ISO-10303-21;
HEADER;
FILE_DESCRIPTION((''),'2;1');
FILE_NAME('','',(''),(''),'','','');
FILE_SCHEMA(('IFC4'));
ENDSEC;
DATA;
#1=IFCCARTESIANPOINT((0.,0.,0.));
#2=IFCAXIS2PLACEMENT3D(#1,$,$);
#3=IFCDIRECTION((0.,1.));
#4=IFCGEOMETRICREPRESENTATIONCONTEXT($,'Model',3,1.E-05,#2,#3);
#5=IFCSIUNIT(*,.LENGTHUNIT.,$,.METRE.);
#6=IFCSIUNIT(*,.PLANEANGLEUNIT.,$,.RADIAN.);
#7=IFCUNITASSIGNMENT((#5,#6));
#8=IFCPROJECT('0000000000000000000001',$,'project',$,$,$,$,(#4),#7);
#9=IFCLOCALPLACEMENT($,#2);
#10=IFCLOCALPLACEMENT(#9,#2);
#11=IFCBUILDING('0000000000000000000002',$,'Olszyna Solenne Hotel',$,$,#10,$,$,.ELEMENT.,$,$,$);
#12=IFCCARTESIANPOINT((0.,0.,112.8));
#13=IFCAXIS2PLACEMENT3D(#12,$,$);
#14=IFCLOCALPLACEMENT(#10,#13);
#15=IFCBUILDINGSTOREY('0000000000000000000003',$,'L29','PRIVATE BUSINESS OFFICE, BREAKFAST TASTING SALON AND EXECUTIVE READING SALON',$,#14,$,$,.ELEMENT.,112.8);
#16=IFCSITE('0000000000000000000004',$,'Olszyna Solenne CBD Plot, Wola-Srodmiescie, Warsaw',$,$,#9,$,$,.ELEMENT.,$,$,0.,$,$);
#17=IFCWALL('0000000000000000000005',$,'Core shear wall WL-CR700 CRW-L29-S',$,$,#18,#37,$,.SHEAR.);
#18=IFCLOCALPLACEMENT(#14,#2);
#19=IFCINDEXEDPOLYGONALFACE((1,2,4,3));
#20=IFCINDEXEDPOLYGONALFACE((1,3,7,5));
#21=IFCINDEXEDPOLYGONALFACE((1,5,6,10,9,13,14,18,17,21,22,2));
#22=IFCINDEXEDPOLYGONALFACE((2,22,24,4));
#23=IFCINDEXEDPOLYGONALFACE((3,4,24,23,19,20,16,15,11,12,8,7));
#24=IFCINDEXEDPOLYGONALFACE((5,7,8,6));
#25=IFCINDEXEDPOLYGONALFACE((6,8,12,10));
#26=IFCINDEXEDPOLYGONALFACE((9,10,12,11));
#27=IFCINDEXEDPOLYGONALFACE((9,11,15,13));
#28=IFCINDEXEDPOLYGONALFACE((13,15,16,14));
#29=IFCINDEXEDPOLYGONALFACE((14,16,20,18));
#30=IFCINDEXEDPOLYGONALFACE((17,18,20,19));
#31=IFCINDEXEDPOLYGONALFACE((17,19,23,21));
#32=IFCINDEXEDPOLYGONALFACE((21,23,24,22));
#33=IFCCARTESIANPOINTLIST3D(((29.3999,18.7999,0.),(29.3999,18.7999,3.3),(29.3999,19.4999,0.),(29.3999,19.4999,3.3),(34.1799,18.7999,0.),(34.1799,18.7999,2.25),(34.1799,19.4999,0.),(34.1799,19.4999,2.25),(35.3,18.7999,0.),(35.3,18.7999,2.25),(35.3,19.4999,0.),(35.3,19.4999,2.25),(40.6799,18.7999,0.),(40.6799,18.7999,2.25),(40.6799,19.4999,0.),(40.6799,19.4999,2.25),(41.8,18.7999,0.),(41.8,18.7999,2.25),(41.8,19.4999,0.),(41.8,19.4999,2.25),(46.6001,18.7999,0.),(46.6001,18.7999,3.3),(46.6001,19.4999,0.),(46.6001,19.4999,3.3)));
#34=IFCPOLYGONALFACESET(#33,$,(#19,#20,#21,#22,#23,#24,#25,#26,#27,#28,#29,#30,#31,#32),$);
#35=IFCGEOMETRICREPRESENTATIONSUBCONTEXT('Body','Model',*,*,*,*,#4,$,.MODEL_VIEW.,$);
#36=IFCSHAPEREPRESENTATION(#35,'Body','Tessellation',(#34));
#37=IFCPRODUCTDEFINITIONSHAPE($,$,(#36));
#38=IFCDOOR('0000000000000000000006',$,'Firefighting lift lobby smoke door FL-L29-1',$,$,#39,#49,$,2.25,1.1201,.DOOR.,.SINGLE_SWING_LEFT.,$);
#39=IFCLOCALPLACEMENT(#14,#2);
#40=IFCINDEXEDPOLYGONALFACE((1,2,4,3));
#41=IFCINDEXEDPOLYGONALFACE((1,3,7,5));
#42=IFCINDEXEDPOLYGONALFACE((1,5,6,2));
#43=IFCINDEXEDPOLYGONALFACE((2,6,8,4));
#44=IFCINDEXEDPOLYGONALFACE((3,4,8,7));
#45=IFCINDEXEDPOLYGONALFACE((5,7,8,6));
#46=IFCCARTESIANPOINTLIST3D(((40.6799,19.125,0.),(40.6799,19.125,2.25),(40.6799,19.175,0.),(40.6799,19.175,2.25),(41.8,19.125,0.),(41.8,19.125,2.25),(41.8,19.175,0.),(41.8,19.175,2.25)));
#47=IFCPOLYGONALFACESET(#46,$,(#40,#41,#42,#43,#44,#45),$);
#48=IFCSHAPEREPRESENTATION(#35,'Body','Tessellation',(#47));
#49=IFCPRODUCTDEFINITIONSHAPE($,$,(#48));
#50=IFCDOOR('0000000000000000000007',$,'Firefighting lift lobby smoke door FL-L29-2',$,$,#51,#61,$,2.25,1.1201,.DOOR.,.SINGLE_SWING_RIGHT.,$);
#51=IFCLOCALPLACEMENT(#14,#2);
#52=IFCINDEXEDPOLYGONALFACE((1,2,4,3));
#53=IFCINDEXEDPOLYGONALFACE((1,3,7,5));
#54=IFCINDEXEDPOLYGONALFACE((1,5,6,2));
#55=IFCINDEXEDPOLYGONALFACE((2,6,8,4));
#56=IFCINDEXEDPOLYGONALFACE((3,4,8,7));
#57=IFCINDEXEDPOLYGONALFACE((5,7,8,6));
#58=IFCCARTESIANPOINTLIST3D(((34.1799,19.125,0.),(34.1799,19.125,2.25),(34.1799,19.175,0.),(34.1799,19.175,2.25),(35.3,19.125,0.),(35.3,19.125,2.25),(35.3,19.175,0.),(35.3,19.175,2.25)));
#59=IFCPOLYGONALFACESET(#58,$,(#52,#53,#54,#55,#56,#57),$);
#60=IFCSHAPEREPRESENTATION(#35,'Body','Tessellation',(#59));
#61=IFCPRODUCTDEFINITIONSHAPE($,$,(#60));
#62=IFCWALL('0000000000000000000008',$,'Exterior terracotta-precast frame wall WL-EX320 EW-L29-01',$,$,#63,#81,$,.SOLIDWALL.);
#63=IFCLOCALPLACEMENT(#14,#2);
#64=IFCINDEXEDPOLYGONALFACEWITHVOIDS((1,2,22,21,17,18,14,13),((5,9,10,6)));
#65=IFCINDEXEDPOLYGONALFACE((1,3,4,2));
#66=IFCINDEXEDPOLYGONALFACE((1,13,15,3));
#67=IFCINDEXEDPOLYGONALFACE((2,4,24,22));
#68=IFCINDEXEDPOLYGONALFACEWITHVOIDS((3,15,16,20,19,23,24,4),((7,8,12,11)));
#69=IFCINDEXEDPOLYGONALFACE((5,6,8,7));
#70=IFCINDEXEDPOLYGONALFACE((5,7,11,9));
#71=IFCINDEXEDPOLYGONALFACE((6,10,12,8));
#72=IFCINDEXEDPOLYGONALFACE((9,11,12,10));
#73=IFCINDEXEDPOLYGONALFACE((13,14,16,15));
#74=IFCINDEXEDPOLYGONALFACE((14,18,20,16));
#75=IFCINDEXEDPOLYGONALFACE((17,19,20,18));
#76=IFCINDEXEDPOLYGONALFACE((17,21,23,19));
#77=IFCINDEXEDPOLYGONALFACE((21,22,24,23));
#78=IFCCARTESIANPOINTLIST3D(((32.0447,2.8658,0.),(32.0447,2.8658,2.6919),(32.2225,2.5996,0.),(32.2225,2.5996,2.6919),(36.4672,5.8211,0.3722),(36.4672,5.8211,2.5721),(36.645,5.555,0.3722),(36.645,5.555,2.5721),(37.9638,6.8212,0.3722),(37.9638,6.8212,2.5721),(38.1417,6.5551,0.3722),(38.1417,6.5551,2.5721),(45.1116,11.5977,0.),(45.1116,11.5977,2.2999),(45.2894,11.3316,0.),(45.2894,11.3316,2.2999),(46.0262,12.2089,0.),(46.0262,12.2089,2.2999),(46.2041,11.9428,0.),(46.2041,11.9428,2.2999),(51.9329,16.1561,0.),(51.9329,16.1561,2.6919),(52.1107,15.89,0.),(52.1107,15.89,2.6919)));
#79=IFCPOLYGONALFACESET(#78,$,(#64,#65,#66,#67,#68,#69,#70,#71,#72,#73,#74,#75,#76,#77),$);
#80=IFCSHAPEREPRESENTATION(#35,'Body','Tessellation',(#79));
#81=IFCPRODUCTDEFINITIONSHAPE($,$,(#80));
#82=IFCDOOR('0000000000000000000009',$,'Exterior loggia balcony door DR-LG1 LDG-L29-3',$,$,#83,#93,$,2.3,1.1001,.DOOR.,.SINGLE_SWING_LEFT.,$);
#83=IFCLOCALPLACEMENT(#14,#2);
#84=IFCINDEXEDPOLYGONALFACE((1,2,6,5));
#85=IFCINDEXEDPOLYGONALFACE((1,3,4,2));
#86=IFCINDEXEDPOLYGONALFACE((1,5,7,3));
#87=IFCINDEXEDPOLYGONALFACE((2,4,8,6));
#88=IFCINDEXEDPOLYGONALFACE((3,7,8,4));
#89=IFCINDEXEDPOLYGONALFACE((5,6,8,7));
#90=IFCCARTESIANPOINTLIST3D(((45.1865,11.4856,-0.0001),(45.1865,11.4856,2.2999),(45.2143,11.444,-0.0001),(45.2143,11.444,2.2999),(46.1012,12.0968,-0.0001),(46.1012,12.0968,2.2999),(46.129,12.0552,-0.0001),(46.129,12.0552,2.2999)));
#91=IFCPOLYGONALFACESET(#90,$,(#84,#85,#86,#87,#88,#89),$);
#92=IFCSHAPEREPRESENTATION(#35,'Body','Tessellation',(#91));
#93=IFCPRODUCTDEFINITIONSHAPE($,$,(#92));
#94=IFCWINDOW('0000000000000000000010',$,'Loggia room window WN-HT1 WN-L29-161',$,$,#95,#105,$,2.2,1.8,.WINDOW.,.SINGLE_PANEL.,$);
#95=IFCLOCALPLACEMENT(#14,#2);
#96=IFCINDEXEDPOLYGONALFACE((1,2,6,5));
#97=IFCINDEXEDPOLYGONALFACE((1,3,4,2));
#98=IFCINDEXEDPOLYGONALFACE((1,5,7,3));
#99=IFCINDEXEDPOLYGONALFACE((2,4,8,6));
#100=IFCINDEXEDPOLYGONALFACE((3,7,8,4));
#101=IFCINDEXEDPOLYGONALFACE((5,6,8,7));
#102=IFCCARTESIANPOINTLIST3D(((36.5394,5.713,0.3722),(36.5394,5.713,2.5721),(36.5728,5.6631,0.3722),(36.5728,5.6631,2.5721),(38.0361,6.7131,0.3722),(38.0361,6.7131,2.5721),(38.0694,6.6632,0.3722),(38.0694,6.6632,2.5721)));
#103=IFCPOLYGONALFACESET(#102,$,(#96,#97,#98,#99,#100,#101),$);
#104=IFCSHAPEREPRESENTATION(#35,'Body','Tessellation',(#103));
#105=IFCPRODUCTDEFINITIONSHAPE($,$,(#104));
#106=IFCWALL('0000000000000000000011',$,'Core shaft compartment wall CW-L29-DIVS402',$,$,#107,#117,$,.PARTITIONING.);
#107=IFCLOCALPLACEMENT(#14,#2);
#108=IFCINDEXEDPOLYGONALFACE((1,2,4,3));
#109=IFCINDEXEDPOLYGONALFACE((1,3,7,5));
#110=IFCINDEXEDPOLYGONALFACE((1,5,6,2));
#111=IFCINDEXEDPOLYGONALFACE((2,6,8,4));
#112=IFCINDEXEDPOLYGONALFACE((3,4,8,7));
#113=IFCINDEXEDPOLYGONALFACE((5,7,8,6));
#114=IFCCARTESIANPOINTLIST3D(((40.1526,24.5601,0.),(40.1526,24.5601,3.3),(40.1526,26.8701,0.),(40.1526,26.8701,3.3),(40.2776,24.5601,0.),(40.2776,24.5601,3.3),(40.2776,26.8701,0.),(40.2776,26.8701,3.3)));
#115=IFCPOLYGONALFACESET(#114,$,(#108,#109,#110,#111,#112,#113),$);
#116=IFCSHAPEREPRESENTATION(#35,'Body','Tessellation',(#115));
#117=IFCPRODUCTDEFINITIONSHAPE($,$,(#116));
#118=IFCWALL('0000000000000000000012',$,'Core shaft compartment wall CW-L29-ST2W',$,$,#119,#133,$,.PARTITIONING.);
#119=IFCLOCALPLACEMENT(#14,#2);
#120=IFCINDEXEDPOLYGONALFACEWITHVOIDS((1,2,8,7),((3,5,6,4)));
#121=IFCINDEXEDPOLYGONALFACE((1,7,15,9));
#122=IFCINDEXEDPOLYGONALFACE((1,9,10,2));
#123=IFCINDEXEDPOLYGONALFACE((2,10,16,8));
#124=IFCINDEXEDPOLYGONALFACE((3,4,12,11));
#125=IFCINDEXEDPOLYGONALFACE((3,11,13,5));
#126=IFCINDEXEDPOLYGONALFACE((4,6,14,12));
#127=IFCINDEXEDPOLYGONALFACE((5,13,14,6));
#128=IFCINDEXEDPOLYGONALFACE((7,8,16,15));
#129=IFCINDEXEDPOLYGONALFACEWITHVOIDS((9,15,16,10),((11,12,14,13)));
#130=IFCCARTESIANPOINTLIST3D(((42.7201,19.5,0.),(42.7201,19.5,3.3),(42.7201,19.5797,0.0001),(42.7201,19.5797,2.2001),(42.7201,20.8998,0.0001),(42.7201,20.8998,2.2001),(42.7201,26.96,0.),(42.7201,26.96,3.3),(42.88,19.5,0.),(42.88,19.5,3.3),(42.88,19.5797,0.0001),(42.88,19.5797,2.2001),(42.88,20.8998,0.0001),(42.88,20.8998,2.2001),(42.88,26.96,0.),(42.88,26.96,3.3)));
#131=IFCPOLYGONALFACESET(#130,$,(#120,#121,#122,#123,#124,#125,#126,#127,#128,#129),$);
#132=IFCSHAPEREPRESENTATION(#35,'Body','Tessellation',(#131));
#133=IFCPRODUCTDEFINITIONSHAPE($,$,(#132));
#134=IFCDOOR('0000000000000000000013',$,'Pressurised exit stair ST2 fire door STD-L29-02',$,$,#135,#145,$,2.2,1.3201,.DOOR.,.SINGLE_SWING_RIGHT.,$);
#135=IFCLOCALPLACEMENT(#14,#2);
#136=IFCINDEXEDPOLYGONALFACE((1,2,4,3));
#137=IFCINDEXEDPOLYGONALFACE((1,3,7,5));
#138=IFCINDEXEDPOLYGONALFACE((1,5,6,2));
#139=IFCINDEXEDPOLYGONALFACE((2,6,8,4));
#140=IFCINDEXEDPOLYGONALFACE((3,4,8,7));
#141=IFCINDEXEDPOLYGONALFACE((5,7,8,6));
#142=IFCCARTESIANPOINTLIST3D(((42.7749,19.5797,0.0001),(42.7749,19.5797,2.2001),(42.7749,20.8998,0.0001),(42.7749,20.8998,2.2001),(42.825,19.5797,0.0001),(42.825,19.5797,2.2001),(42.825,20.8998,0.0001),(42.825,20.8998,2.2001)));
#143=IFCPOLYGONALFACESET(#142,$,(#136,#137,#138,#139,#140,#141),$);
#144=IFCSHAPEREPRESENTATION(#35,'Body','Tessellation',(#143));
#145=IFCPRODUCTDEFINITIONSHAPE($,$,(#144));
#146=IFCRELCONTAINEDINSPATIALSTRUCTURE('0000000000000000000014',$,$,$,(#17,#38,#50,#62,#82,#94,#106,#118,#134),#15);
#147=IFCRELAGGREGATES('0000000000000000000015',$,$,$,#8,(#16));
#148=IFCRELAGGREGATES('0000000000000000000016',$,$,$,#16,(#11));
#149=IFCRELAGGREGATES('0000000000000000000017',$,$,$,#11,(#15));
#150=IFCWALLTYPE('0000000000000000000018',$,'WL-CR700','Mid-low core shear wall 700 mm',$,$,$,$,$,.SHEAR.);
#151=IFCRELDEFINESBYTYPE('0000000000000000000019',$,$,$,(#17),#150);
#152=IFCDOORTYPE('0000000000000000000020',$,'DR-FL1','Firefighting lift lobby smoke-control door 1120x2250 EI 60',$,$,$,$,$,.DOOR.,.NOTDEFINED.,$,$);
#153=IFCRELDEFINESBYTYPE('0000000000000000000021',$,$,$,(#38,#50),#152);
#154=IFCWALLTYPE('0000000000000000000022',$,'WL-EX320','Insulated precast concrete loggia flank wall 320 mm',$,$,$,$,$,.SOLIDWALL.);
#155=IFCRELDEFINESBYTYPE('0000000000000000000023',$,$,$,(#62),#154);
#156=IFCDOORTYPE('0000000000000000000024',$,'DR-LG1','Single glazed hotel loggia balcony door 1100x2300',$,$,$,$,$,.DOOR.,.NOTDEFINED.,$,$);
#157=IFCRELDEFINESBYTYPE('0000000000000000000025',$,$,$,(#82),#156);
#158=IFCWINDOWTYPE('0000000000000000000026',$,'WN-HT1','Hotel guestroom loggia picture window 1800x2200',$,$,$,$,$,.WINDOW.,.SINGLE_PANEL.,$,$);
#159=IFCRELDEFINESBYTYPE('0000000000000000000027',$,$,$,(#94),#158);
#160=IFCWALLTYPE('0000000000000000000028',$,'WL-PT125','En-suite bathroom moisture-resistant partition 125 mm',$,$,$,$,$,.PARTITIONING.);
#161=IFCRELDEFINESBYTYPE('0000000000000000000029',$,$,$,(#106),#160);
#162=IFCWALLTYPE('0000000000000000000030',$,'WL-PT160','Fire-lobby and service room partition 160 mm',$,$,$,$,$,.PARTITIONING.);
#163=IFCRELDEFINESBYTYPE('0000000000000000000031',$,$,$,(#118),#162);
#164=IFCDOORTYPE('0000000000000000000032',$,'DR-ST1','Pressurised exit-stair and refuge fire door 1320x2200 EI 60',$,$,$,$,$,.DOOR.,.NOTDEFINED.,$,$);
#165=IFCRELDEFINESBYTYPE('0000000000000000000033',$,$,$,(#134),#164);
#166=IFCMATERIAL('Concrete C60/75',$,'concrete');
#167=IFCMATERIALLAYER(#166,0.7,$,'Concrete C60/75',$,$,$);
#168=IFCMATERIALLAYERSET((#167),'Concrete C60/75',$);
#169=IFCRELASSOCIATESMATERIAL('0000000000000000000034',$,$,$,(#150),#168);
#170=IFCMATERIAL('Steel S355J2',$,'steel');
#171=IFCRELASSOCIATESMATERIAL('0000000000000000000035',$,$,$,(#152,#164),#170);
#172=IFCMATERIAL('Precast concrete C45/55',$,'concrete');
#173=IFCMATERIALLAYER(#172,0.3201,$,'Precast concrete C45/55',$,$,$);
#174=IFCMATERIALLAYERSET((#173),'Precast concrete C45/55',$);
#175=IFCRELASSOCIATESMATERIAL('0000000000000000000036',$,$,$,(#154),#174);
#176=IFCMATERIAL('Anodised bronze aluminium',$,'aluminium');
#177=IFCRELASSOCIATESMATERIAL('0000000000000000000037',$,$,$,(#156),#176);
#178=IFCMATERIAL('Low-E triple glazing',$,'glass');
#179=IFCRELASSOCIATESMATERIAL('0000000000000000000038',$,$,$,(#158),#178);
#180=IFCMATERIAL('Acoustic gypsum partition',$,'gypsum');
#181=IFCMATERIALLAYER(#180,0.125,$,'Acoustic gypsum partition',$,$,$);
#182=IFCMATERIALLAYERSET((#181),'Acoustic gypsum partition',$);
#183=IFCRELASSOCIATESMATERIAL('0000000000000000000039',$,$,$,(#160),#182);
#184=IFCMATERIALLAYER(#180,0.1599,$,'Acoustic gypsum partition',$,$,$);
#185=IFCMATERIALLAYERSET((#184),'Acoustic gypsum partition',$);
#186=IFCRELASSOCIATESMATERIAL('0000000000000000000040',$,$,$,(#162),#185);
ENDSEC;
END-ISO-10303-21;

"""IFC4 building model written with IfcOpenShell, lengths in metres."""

from ifc_helpers import new_model, si_unit, direction, frame, frame_2d, origin, place, context, subcontext, project, spatial, rectangle, extrude, source, transform, mapped, material, layer, layer_set, type_object, type_shapes, element, fill, save


model = new_model("IFC4")

# Units and contexts
model_context = context("Model", 3, precision=1e-05, world=origin(), true_north=direction((0.0, 1.0)))
body_context = subcontext(model_context, "Body", "Model", "MODEL_VIEW")
ifc_project = project(units=[si_unit("LENGTHUNIT", "METRE"), si_unit("PLANEANGLEUNIT", "RADIAN")], contexts=[model_context])

# Site, building, storey
site_placement = place(None, origin())
site = spatial("IfcSite", under=ifc_project, at=site_placement, Name="Olszyna Solenne CBD Plot, Wola-Srodmiescie, Warsaw", CompositionType="ELEMENT", RefElevation=0.0)
building_placement = place(site_placement, origin())
building = spatial("IfcBuilding", under=site, at=building_placement, Name="Olszyna Solenne Hotel", CompositionType="ELEMENT")
storey_placement = place(building_placement, frame((0.0, 0.0, 112.8)))
storey = spatial("IfcBuildingStorey", under=building, at=storey_placement, Name="L29", Description="PRIVATE BUSINESS OFFICE, BREAKFAST TASTING SALON AND EXECUTIVE READING SALON", CompositionType="ELEMENT", Elevation=112.8)

# Shared definitions
ifc_material_1 = material(Name="Steel S355J2", Category="steel")

# Wall, openings, doors
ifc_material_2 = material(Name="Concrete C60/75", Category="concrete")
ifc_layer_1 = layer(ifc_material_2, 0.7, Name="Concrete C60/75")
ifc_layer_set_1 = layer_set([ifc_layer_1], Name="Concrete C60/75")
wall_type_1 = type_object("IfcWallType", Name="WL-CR700", Description="Mid-low core shear wall 700 mm", PredefinedType="SHEAR", material=ifc_layer_set_1)
wall_1_placement = place(storey_placement, frame((46.6001, 19.1499, 0.0), z_axis=(0.0, 0.0, 1.0), x_axis=(-1.0, 0.0, 0.0)))
wall_1 = element("IfcWall", 1, at=wall_1_placement, inside=storey, type_object=wall_type_1, Name="Core shear wall WL-CR700 CRW-L29-S", PredefinedType="SHEAR", context=body_context, shape_type="SweptSolid", body=[
    extrude(rectangle(XDim=17.2002, YDim=0.7, at=frame_2d((8.6001, 0.0))), origin(), (0.0, 0.0, 1.0), 3.3),
])
opening_1_placement = place(wall_1_placement, frame((4.8, 0.0, 0.0)))
opening_1 = element("IfcOpeningElement", 2, at=opening_1_placement, cuts=wall_1, PredefinedType="OPENING", context=body_context, shape_type="SweptSolid", body=[
    extrude(rectangle(XDim=1.1201, YDim=2.25, at=frame_2d((0.5601, 1.125))), frame((0.0, 0.3599, 0.0), z_axis=(0.0, -1.0, 0.0), x_axis=(1.0, 0.0, 0.0)), (0.0, 0.0, 1.0), 0.72),
])
opening_2_placement = place(wall_1_placement, frame((11.3, 0.0, 0.0)))
opening_2 = element("IfcOpeningElement", 3, at=opening_2_placement, cuts=wall_1, PredefinedType="OPENING", context=body_context, shape_type="SweptSolid", body=[
    extrude(rectangle(XDim=1.1201, YDim=2.25, at=frame_2d((0.5601, 1.125))), frame((0.0, 0.3599, 0.0), z_axis=(0.0, -1.0, 0.0), x_axis=(1.0, 0.0, 0.0)), (0.0, 0.0, 1.0), 0.72),
])
door_type_1 = type_object("IfcDoorType", Name="DR-FL1", Description="Firefighting lift lobby smoke-control door 1120x2250 EI 60", OperationType="NOTDEFINED", PredefinedType="DOOR", material=ifc_material_1)
shared_shape_1 = source(origin(), body_context, "Body", "SweptSolid", [
    extrude(rectangle(XDim=1.1201, YDim=2.25, at=frame_2d((0.5601, 1.125))), frame((0.0, 0.0249, 0.0), z_axis=(0.0, -1.0, 0.0), x_axis=(1.0, 0.0, 0.0)), (0.0, 0.0, 1.0), 0.05),
])
type_shapes(door_type_1, [shared_shape_1])
door_1_placement = place(opening_1_placement, origin())
door_1 = element("IfcDoor", 4, at=door_1_placement, inside=storey, type_object=door_type_1, Name="Firefighting lift lobby smoke door FL-L29-1", OperationType="SINGLE_SWING_LEFT", OverallHeight=2.25, OverallWidth=1.1201, PredefinedType="DOOR", context=body_context, shape_type="MappedRepresentation", body=[
    mapped(shared_shape_1, transform((0.0, 0.0, 0.0), x_axis=(1.0, 0.0, 0.0), y_axis=(0.0, 1.0, 0.0), z_axis=(0.0, 0.0, 1.0), scale=1.0)),
])
fill(opening_1, door_1)
door_2_placement = place(opening_2_placement, origin())
door_2 = element("IfcDoor", 5, at=door_2_placement, inside=storey, type_object=door_type_1, Name="Firefighting lift lobby smoke door FL-L29-2", OperationType="SINGLE_SWING_RIGHT", OverallHeight=2.25, OverallWidth=1.1201, PredefinedType="DOOR", context=body_context, shape_type="MappedRepresentation", body=[
    mapped(shared_shape_1, transform((0.0, 0.0, 0.0), x_axis=(1.0, 0.0, 0.0), y_axis=(0.0, 1.0, 0.0), z_axis=(0.0, 0.0, 1.0), scale=1.0)),
])
fill(opening_2, door_2)

# Wall, openings, door, window
ifc_material_3 = material(Name="Precast concrete C45/55", Category="concrete")
ifc_layer_2 = layer(ifc_material_3, 0.3201, Name="Precast concrete C45/55")
ifc_layer_set_2 = layer_set([ifc_layer_2], Name="Precast concrete C45/55")
wall_type_2 = type_object("IfcWallType", Name="WL-EX320", Description="Insulated precast concrete loggia flank wall 320 mm", PredefinedType="SOLIDWALL", material=ifc_layer_set_2)
wall_2_placement = place(storey_placement, frame((52.0217, 16.0229, 0.0), z_axis=(0.0, 0.0, 1.0), x_axis=(-0.831442, -0.555611, 0.0)))
wall_2 = element("IfcWall", 6, at=wall_2_placement, inside=storey, type_object=wall_type_2, Name="Exterior terracotta-precast frame wall WL-EX320 EW-L29-01", PredefinedType="SOLIDWALL", context=body_context, shape_type="SweptSolid", body=[
    extrude(rectangle(XDim=23.9202, YDim=0.3201, at=frame_2d((11.96, 0.0))), origin(), (0.0, 0.0, 1.0), 2.6919),
])
opening_3_placement = place(wall_2_placement, frame((7.104, 0.0, 0.0)))
opening_3 = element("IfcOpeningElement", 7, at=opening_3_placement, cuts=wall_2, PredefinedType="OPENING", context=body_context, shape_type="SweptSolid", body=[
    extrude(rectangle(XDim=1.1001, YDim=2.3, at=frame_2d((0.55, 1.1499))), frame((0.0, 0.1699, 0.0), z_axis=(0.0, -1.0, 0.0), x_axis=(1.0, 0.0, 0.0)), (0.0, 0.0, 1.0), 0.3401),
])
opening_4_placement = place(wall_2_placement, frame((16.801, 0.0, 0.3721)))
opening_4 = element("IfcOpeningElement", 8, at=opening_4_placement, cuts=wall_2, PredefinedType="OPENING", context=body_context, shape_type="SweptSolid", body=[
    extrude(rectangle(XDim=1.8, YDim=2.2, at=frame_2d((0.8999, 1.1001))), frame((0.0, 0.1699, 0.0), z_axis=(0.0, -1.0, 0.0), x_axis=(1.0, 0.0, 0.0)), (0.0, 0.0, 1.0), 0.3401),
])
ifc_material_4 = material(Name="Anodised bronze aluminium", Category="aluminium")
door_type_2 = type_object("IfcDoorType", Name="DR-LG1", Description="Single glazed hotel loggia balcony door 1100x2300", OperationType="NOTDEFINED", PredefinedType="DOOR", material=ifc_material_4)
shared_shape_2 = source(origin(), body_context, "Body", "SweptSolid", [
    extrude(rectangle(XDim=1.1001, YDim=2.3, at=frame_2d((0.55, 1.1499))), frame((0.0, 0.0249, 0.0), z_axis=(0.0, -1.0, 0.0), x_axis=(1.0, 0.0, 0.0)), (0.0, 0.0, 1.0), 0.05),
])
type_shapes(door_type_2, [shared_shape_2])
door_3_placement = place(opening_3_placement, origin())
door_3 = element("IfcDoor", 9, at=door_3_placement, inside=storey, type_object=door_type_2, Name="Exterior loggia balcony door DR-LG1 LDG-L29-3", OperationType="SINGLE_SWING_LEFT", OverallHeight=2.3, OverallWidth=1.1001, PredefinedType="DOOR", context=body_context, shape_type="MappedRepresentation", body=[
    mapped(shared_shape_2, transform((0.0, 0.0, 0.0), x_axis=(1.0, 0.0, 0.0), y_axis=(0.0, 1.0, 0.0), z_axis=(0.0, 0.0, 1.0), scale=1.0)),
])
fill(opening_3, door_3)
ifc_material_5 = material(Name="Low-E triple glazing", Category="glass")
window_type = type_object("IfcWindowType", Name="WN-HT1", Description="Hotel guestroom loggia picture window 1800x2200", PartitioningType="SINGLE_PANEL", PredefinedType="WINDOW", material=ifc_material_5)
shared_shape_3 = source(origin(), body_context, "Body", "SweptSolid", [
    extrude(rectangle(XDim=1.8, YDim=2.2, at=frame_2d((0.8999, 1.1001))), frame((0.0, 0.03, 0.0), z_axis=(0.0, -1.0, 0.0), x_axis=(1.0, 0.0, 0.0)), (0.0, 0.0, 1.0), 0.0601),
])
type_shapes(window_type, [shared_shape_3])
window_placement = place(opening_4_placement, origin())
window = element("IfcWindow", 10, at=window_placement, inside=storey, type_object=window_type, Name="Loggia room window WN-HT1 WN-L29-161", OverallHeight=2.2, OverallWidth=1.8, PartitioningType="SINGLE_PANEL", PredefinedType="WINDOW", context=body_context, shape_type="MappedRepresentation", body=[
    mapped(shared_shape_3, transform((0.0, 0.0, 0.0), x_axis=(1.0, 0.0, 0.0), y_axis=(0.0, 1.0, 0.0), z_axis=(0.0, 0.0, 1.0), scale=1.0)),
])
fill(opening_4, window)

# Wall
ifc_material_6 = material(Name="Acoustic gypsum partition", Category="gypsum")
ifc_layer_3 = layer(ifc_material_6, 0.125, Name="Acoustic gypsum partition")
ifc_layer_set_3 = layer_set([ifc_layer_3], Name="Acoustic gypsum partition")
wall_type_3 = type_object("IfcWallType", Name="WL-PT125", Description="En-suite bathroom moisture-resistant partition 125 mm", PredefinedType="PARTITIONING", material=ifc_layer_set_3)
wall_3_placement = place(storey_placement, frame((40.2151, 24.5601, 0.0), z_axis=(0.0, 0.0, 1.0), x_axis=(0.0, 1.0, 0.0)))
element("IfcWall", 11, at=wall_3_placement, inside=storey, type_object=wall_type_3, Name="Core shaft compartment wall CW-L29-DIVS402", PredefinedType="PARTITIONING", context=body_context, shape_type="SweptSolid", body=[
    extrude(rectangle(XDim=2.3101, YDim=0.125, at=frame_2d((1.155, 0.0))), origin(), (0.0, 0.0, 1.0), 3.3),
])

# Wall, opening, door
ifc_layer_4 = layer(ifc_material_6, 0.1599, Name="Acoustic gypsum partition")
ifc_layer_set_4 = layer_set([ifc_layer_4], Name="Acoustic gypsum partition")
wall_type_4 = type_object("IfcWallType", Name="WL-PT160", Description="Fire-lobby and service room partition 160 mm", PredefinedType="PARTITIONING", material=ifc_layer_set_4)
wall_4_placement = place(storey_placement, frame((42.8, 26.96, 0.0), z_axis=(0.0, 0.0, 1.0), x_axis=(0.0, -1.0, 0.0)))
wall_4 = element("IfcWall", 12, at=wall_4_placement, inside=storey, type_object=wall_type_4, Name="Core shaft compartment wall CW-L29-ST2W", PredefinedType="PARTITIONING", context=body_context, shape_type="SweptSolid", body=[
    extrude(rectangle(XDim=7.46, YDim=0.1599, at=frame_2d((3.73, 0.0))), origin(), (0.0, 0.0, 1.0), 3.3),
])
opening_5_placement = place(wall_4_placement, frame((6.0601, 0.0, 0.0)))
opening_5 = element("IfcOpeningElement", 13, at=opening_5_placement, cuts=wall_4, PredefinedType="OPENING", context=body_context, shape_type="SweptSolid", body=[
    extrude(rectangle(XDim=1.3201, YDim=2.2, at=frame_2d((0.6602, 1.1001))), frame((0.0, 0.0898, 0.0), z_axis=(0.0, -1.0, 0.0), x_axis=(1.0, 0.0, 0.0)), (0.0, 0.0, 1.0), 0.1799),
])
door_type_3 = type_object("IfcDoorType", Name="DR-ST1", Description="Pressurised exit-stair and refuge fire door 1320x2200 EI 60", OperationType="NOTDEFINED", PredefinedType="DOOR", material=ifc_material_1)
shared_shape_4 = source(origin(), body_context, "Body", "SweptSolid", [
    extrude(rectangle(XDim=1.3201, YDim=2.2, at=frame_2d((0.6602, 1.1001))), frame((0.0, 0.0249, 0.0), z_axis=(0.0, -1.0, 0.0), x_axis=(1.0, 0.0, 0.0)), (0.0, 0.0, 1.0), 0.05),
])
type_shapes(door_type_3, [shared_shape_4])
door_4_placement = place(opening_5_placement, origin())
door_4 = element("IfcDoor", 14, at=door_4_placement, inside=storey, type_object=door_type_3, Name="Pressurised exit stair ST2 fire door STD-L29-02", OperationType="SINGLE_SWING_RIGHT", OverallHeight=2.2, OverallWidth=1.3201, PredefinedType="DOOR", context=body_context, shape_type="MappedRepresentation", body=[
    mapped(shared_shape_4, transform((0.0, 0.0, 0.0), x_axis=(1.0, 0.0, 0.0), y_axis=(0.0, 1.0, 0.0), z_axis=(0.0, 0.0, 1.0), scale=1.0)),
])
fill(opening_5, door_4)

save(model, "model.ifc")
